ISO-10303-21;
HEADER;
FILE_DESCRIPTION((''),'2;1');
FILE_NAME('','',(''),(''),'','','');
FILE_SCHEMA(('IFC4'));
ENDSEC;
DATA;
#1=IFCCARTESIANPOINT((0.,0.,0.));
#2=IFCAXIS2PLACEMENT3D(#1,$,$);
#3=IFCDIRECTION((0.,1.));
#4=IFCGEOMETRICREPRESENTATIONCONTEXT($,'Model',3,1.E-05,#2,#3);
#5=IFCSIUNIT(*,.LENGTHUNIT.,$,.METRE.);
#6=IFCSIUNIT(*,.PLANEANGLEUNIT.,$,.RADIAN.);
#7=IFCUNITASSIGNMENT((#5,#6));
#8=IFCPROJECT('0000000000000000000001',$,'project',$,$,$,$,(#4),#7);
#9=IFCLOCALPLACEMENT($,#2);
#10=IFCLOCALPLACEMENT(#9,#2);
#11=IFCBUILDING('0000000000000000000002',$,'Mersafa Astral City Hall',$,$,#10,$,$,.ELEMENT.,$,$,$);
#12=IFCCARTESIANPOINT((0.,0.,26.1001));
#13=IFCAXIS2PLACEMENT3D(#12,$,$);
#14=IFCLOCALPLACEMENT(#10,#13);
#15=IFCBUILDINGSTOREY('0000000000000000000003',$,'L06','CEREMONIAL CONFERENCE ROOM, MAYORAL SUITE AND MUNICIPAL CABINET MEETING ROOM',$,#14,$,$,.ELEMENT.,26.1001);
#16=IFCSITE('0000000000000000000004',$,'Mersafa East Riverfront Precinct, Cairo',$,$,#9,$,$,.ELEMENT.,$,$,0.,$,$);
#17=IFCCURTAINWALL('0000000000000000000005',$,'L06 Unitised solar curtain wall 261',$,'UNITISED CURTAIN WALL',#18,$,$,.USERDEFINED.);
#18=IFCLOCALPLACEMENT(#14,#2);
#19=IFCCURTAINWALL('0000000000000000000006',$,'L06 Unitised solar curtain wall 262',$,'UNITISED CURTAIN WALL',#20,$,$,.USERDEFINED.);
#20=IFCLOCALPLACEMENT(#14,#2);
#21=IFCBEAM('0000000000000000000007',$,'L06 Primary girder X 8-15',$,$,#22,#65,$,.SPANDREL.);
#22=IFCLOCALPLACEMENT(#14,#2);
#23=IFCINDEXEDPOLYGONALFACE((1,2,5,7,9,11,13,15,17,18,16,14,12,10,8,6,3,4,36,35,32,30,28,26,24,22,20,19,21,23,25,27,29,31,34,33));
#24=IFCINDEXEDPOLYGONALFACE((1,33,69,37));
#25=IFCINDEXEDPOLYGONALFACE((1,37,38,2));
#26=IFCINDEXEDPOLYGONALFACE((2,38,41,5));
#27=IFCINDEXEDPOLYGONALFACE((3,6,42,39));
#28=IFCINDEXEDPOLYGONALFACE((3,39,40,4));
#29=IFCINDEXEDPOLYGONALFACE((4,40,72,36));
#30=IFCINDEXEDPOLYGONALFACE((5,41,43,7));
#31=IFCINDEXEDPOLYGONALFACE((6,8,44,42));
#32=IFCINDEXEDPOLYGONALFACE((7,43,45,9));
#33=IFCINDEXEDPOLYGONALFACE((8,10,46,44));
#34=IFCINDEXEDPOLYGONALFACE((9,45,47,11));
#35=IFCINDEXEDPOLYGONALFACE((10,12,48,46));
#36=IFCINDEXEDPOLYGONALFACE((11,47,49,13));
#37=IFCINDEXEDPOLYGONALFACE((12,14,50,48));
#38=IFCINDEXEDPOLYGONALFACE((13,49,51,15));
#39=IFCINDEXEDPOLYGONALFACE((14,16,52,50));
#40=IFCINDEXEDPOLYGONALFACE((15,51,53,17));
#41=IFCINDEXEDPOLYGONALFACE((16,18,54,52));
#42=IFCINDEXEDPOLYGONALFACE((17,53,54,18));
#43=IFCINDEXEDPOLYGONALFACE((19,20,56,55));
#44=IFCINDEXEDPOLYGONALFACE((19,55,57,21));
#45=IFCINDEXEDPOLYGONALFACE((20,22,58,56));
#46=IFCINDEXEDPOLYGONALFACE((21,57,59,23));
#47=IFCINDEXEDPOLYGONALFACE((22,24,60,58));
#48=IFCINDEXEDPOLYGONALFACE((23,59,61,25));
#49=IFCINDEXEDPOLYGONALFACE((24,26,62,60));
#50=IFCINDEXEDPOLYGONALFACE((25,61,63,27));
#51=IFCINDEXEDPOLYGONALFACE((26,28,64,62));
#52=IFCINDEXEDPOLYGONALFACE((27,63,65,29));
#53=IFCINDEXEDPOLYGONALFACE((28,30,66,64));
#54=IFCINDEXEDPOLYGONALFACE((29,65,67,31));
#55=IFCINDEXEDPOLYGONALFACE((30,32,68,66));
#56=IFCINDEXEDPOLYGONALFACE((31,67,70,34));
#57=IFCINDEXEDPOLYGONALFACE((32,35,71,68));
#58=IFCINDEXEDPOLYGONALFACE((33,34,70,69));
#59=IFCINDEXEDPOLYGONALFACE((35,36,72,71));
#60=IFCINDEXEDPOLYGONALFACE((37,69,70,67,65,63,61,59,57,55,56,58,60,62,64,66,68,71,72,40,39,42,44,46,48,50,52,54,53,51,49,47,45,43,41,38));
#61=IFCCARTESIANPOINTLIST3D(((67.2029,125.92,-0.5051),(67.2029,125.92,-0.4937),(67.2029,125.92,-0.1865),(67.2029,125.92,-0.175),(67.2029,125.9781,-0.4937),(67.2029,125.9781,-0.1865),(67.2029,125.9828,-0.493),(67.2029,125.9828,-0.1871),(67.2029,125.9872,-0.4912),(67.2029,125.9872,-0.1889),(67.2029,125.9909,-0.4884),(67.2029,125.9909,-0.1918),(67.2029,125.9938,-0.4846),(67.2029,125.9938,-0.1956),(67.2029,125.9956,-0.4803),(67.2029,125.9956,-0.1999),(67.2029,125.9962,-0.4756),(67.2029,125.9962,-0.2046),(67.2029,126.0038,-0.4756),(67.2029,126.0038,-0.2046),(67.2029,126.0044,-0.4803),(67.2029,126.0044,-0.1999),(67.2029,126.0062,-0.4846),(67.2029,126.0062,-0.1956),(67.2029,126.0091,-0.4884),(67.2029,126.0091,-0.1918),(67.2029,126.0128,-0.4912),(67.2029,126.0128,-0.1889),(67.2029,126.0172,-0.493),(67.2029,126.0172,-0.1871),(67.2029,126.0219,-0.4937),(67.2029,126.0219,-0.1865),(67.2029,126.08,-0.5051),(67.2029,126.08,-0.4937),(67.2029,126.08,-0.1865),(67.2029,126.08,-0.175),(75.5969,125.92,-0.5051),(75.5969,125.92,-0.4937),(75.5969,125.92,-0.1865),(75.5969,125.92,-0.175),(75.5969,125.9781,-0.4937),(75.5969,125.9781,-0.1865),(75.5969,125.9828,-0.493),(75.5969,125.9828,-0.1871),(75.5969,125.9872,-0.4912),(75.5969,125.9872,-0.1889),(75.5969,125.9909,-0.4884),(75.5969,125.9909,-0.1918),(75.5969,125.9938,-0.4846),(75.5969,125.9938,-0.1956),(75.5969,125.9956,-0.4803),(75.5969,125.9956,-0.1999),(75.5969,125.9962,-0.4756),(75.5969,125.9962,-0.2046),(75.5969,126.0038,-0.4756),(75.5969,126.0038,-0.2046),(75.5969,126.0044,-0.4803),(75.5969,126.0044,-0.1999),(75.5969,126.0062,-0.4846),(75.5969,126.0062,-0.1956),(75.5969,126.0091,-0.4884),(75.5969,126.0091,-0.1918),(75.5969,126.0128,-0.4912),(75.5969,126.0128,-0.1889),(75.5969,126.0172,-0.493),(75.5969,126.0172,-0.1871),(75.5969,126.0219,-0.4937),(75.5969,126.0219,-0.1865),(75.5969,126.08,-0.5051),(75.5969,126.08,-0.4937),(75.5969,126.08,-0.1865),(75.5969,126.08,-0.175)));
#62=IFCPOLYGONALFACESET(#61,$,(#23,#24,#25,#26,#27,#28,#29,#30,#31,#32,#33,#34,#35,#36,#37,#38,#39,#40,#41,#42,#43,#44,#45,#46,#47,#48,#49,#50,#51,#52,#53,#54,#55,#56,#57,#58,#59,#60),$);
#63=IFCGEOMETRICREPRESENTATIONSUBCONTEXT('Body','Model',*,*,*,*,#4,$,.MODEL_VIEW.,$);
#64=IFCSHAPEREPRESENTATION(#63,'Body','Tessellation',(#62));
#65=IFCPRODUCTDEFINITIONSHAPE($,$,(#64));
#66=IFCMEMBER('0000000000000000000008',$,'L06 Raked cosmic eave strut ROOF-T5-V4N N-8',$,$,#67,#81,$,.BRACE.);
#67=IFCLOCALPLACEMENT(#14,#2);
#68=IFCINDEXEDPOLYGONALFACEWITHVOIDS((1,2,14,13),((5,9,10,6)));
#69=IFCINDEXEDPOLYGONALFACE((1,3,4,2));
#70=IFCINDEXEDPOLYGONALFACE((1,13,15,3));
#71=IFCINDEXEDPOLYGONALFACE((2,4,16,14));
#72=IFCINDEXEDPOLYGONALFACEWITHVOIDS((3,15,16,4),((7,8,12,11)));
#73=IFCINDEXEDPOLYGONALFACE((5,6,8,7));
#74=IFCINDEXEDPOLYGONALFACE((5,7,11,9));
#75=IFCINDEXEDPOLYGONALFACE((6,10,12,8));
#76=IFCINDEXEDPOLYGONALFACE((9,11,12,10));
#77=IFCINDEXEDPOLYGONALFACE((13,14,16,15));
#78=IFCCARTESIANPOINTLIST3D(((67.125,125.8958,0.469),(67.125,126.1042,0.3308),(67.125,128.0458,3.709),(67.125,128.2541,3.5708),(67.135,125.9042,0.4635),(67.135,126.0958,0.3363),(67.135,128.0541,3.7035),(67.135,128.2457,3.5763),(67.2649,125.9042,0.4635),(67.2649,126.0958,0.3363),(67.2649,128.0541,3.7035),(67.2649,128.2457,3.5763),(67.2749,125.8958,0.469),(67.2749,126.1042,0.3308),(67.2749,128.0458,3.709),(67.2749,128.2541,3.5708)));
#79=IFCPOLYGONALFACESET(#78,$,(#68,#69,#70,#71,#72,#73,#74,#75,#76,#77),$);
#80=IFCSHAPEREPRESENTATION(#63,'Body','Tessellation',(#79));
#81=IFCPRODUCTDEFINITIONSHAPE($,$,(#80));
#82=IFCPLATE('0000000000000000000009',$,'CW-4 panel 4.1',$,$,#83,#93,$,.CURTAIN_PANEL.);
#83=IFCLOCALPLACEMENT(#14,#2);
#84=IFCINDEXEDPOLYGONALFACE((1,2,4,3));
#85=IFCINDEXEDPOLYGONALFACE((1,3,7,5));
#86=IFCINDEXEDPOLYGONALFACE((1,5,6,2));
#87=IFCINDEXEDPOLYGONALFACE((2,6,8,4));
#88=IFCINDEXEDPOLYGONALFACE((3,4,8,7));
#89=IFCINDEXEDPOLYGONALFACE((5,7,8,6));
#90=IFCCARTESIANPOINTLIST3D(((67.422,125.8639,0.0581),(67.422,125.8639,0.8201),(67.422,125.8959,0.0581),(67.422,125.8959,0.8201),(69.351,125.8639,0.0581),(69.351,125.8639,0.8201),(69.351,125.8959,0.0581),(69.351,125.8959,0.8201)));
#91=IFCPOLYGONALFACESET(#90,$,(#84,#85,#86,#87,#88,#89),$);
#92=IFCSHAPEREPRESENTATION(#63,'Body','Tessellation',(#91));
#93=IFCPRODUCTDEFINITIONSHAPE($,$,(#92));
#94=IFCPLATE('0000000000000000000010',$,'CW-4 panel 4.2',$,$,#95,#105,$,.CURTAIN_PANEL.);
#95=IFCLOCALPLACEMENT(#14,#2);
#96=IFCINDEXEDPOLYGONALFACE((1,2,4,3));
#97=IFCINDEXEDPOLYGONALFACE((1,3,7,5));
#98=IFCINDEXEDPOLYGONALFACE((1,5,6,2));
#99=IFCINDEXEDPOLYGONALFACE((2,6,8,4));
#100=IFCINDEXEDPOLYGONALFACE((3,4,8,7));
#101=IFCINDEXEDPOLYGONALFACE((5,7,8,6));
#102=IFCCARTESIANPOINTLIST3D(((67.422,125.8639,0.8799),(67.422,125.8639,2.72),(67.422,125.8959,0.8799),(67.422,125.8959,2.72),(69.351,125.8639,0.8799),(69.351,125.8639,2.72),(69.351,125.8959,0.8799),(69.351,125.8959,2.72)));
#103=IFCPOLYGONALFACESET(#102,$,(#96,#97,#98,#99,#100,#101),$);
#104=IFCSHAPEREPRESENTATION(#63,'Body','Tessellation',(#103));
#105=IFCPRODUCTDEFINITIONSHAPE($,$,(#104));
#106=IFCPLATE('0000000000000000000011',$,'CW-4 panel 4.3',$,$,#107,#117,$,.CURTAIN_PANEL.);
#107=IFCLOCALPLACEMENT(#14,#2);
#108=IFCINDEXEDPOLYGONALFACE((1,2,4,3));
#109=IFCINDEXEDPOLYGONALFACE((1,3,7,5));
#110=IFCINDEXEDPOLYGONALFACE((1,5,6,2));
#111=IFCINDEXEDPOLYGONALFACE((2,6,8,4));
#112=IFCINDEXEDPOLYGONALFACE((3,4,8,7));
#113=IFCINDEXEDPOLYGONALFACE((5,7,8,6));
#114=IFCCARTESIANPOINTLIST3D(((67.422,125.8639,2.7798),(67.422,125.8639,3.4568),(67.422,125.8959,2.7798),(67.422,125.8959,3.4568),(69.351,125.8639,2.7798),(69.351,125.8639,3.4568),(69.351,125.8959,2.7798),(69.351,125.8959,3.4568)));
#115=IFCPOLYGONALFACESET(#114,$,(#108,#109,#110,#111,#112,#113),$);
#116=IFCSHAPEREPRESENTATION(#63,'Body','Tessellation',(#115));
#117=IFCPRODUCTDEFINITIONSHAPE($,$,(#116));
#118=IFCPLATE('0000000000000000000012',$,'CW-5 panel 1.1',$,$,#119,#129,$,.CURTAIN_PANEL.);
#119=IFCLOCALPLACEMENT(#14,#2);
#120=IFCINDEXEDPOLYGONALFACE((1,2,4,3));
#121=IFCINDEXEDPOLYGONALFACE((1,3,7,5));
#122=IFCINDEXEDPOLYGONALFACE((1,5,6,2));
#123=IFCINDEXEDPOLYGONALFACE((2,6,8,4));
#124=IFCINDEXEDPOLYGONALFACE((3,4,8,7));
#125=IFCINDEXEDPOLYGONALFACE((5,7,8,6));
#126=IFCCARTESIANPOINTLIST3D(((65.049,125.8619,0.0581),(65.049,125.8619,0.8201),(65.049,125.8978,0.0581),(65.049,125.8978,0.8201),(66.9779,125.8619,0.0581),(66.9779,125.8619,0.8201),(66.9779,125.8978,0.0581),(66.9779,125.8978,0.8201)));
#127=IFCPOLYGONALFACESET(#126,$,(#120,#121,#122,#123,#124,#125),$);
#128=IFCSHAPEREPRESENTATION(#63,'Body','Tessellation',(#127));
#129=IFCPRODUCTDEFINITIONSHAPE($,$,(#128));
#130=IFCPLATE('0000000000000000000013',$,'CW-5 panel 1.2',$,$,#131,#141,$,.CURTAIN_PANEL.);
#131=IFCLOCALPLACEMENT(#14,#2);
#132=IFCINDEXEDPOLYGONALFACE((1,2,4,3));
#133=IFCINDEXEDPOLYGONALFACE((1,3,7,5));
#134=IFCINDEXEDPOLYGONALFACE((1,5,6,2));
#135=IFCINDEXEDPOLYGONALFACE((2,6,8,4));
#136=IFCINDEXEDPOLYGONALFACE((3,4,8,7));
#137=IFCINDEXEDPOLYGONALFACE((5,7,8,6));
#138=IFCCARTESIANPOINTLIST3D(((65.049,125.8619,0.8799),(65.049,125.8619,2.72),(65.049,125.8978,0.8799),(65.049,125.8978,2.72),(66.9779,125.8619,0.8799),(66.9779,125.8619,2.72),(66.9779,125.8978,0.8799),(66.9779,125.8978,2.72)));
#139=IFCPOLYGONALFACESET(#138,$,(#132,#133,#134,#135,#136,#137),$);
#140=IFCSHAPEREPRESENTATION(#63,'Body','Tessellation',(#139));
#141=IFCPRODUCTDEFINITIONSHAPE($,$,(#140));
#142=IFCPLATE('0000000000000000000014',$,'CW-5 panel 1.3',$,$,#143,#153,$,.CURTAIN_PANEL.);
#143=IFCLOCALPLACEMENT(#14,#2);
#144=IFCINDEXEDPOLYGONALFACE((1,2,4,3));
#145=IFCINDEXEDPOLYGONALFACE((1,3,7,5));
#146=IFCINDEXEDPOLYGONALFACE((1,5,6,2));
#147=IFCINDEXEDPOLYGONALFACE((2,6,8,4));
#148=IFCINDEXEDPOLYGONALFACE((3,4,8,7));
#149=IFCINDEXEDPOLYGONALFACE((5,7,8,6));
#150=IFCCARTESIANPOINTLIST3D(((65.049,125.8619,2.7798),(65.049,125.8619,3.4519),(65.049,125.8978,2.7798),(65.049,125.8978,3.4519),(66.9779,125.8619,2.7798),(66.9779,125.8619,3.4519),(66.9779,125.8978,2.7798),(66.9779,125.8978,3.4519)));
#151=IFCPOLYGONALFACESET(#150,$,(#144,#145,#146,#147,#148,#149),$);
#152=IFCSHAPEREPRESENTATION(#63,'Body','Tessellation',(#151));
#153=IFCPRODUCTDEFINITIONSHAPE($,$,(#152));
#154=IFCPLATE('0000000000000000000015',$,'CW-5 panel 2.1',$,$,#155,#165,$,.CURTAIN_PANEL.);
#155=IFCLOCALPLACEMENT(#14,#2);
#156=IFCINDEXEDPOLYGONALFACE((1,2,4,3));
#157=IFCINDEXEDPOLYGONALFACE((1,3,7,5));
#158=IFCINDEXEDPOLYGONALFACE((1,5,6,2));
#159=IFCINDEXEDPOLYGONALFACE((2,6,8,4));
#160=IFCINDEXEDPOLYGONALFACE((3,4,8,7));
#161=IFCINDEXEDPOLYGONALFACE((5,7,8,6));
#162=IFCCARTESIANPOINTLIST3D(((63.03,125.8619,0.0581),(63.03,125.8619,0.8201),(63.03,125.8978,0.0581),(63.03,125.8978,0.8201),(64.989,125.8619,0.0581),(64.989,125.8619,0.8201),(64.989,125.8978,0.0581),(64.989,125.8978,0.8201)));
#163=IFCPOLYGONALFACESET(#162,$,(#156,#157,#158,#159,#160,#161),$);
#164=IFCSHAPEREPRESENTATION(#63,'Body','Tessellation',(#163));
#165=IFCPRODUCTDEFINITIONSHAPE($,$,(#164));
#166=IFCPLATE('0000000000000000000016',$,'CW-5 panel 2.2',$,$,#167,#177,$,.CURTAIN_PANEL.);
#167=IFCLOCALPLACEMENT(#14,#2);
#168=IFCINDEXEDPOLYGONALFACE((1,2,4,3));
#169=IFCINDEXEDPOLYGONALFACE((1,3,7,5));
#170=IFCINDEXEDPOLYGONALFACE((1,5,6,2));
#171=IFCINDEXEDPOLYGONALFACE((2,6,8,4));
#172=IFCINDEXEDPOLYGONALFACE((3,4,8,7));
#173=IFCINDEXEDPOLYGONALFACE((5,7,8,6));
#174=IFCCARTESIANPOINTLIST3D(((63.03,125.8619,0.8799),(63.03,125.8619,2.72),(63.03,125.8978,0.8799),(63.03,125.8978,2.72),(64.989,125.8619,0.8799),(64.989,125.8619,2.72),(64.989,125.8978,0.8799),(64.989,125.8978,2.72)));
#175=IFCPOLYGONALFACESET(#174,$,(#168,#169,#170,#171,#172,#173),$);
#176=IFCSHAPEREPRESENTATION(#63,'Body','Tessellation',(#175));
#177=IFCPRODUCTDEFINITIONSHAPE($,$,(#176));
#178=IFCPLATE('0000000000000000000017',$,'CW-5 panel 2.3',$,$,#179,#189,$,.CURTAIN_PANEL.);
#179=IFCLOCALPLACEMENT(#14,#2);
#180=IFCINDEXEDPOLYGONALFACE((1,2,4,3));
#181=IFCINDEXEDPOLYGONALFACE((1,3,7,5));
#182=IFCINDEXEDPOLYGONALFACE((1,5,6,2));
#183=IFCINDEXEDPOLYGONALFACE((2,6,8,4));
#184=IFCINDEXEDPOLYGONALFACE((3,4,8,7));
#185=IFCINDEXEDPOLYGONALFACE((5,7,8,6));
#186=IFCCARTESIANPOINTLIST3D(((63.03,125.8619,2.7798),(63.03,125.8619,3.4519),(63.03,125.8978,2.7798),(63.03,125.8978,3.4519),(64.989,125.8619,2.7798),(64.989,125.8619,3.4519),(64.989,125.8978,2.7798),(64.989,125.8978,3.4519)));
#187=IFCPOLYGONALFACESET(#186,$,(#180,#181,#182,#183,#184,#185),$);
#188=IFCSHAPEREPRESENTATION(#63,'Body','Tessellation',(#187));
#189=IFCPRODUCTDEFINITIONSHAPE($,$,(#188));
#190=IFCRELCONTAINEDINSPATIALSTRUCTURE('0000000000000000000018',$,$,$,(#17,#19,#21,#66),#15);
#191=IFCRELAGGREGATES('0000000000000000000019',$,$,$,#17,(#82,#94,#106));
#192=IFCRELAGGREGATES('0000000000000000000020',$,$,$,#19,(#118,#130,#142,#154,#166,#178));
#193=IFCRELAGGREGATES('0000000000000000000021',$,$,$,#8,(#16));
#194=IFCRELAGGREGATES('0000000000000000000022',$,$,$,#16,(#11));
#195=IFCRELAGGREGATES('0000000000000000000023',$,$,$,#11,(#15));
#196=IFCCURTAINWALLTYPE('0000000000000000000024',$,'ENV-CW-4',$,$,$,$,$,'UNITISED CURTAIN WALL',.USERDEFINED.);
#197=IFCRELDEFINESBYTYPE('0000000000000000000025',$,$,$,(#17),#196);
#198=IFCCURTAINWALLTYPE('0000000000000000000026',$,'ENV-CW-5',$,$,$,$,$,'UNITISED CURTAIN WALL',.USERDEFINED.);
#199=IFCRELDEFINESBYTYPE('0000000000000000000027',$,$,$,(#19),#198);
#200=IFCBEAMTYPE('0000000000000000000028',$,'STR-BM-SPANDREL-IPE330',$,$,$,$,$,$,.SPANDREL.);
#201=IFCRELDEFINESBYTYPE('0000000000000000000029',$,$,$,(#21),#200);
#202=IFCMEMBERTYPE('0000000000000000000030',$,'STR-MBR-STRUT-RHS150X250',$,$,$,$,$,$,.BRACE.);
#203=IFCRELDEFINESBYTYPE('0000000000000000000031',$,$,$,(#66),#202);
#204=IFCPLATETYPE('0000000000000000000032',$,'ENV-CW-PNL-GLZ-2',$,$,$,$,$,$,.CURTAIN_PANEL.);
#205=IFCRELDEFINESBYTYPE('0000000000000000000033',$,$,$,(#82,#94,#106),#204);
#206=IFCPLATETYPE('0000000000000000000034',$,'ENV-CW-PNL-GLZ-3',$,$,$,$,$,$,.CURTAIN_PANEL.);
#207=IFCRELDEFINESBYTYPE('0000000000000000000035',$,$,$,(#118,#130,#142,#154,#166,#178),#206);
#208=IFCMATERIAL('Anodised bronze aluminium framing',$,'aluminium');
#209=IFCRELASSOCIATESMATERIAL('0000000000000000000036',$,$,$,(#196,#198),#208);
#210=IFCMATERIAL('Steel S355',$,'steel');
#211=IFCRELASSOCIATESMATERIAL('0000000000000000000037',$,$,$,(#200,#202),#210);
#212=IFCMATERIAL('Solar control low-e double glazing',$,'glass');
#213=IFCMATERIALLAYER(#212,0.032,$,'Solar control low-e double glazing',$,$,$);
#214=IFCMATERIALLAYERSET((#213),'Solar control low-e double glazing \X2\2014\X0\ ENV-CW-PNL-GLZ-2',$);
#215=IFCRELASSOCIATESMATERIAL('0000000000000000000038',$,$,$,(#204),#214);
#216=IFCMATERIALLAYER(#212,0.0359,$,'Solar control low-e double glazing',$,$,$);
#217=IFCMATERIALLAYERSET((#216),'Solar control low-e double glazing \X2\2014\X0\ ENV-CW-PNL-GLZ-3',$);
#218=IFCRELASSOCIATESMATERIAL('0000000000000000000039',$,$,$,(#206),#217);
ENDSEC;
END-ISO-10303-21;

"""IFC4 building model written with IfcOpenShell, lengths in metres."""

from ifc_helpers import new_model, si_unit, direction, frame, origin, origin_2d, place, context, subcontext, project, spatial, rectangle, hollow_rectangle, i_section, extrude, material, layer, layer_set, material_profile, profile_set, type_object, element, aggregate, save


model = new_model("IFC4")

# Units and contexts
model_context = context("Model", 3, precision=1e-05, world=origin(), true_north=direction((0.0, 1.0)))
body_context = subcontext(model_context, "Body", "Model", "MODEL_VIEW")
ifc_project = project(units=[si_unit("LENGTHUNIT", "METRE"), si_unit("PLANEANGLEUNIT", "RADIAN")], contexts=[model_context])

# Site, building, storey
site_placement = place(None, origin())
site = spatial("IfcSite", under=ifc_project, at=site_placement, Name="Mersafa East Riverfront Precinct, Cairo", CompositionType="ELEMENT", RefElevation=0.0)
building_placement = place(site_placement, origin())
building = spatial("IfcBuilding", under=site, at=building_placement, Name="Mersafa Astral City Hall", CompositionType="ELEMENT")
storey_placement = place(building_placement, frame((0.0, 0.0, 26.1001)))
storey = spatial("IfcBuildingStorey", under=building, at=storey_placement, Name="L06", Description="CEREMONIAL CONFERENCE ROOM, MAYORAL SUITE AND MUNICIPAL CABINET MEETING ROOM", CompositionType="ELEMENT", Elevation=26.1001)

# Shared definitions
ifc_material_1 = material(Name="Steel S355", Category="steel")

# Curtain wall
ifc_material_2 = material(Name="Anodised bronze aluminium framing", Category="aluminium")
curtain_wall_type_1 = type_object("IfcCurtainWallType", Name="ENV-CW-4", ElementType="UNITISED CURTAIN WALL", PredefinedType="USERDEFINED", material=ifc_material_2)
curtain_wall_1_placement = place(storey_placement, origin())
curtain_wall_1 = element("IfcCurtainWall", 1, at=curtain_wall_1_placement, inside=storey, type_object=curtain_wall_type_1, Name="L06 Unitised solar curtain wall 261", ObjectType="UNITISED CURTAIN WALL", PredefinedType="USERDEFINED")

# Curtain wall
curtain_wall_type_2 = type_object("IfcCurtainWallType", Name="ENV-CW-5", ElementType="UNITISED CURTAIN WALL", PredefinedType="USERDEFINED", material=ifc_material_2)
curtain_wall_2_placement = place(storey_placement, origin())
curtain_wall_2 = element("IfcCurtainWall", 2, at=curtain_wall_2_placement, inside=storey, type_object=curtain_wall_type_2, Name="L06 Unitised solar curtain wall 262", ObjectType="UNITISED CURTAIN WALL", PredefinedType="USERDEFINED")

# Beam
ifc_material_profile_1 = material_profile(ifc_material_1, i_section(OverallWidth=0.1599, OverallDepth=0.3301, WebThickness=0.0076, FlangeThickness=0.0115, FilletRadius=0.0181, at=origin_2d()), Name="IPE 330")
ifc_profile_set_1 = profile_set([ifc_material_profile_1], Name="Steel S355")
beam_type_1 = type_object("IfcBeamType", Name="STR-BM-SPANDREL-IPE330", PredefinedType="SPANDREL", material=ifc_profile_set_1)
beam_1_placement = place(storey_placement, frame((67.2029, 126.0, -0.3401), z_axis=(1.0, 0.0, 0.0), x_axis=(0.0, 1.0, 0.0)))
element("IfcBeam", 3, at=beam_1_placement, inside=storey, type_object=beam_type_1, Name="L06 Primary girder X 8-15", PredefinedType="SPANDREL", context=body_context, shape_type="SweptSolid", body=[
    extrude(i_section(OverallWidth=0.1599, OverallDepth=0.3301, WebThickness=0.0076, FlangeThickness=0.0115, FilletRadius=0.0181, at=origin_2d()), origin(), (0.0, 0.0, 1.0), 8.394),
])

# Member
ifc_material_profile_2 = material_profile(ifc_material_1, hollow_rectangle(XDim=0.1499, YDim=0.25, WallThickness=0.01, at=origin_2d()), Name="RHS 150x250x10")
ifc_profile_set_2 = profile_set([ifc_material_profile_2], Name="Steel S355")
member_type_1 = type_object("IfcMemberType", Name="STR-MBR-STRUT-RHS150X250", PredefinedType="BRACE", material=ifc_profile_set_2)
member_1_placement = place(storey_placement, frame((67.2, 126.0, 0.3999), z_axis=(0.0, 0.552902, 0.833246), x_axis=(-1.0, 0.0, 0.0)))
element("IfcMember", 4, at=member_1_placement, inside=storey, type_object=member_type_1, Name="L06 Raked cosmic eave strut ROOF-T5-V4N N-8", PredefinedType="BRACE", context=body_context, shape_type="SweptSolid", body=[
    extrude(hollow_rectangle(XDim=0.1499, YDim=0.25, WallThickness=0.01, at=origin_2d()), origin(), (0.0, 0.0, 1.0), 3.8884),
])

# Plates
ifc_material_3 = material(Name="Solar control low-e double glazing", Category="glass")
ifc_layer_1 = layer(ifc_material_3, 0.032, Name="Solar control low-e double glazing")
ifc_layer_set_1 = layer_set([ifc_layer_1], Name="Solar control low-e double glazing — ENV-CW-PNL-GLZ-2")
plate_type_1 = type_object("IfcPlateType", Name="ENV-CW-PNL-GLZ-2", PredefinedType="CURTAIN_PANEL", material=ifc_layer_set_1)
plate_1_placement = place(storey_placement, frame((68.3865, 125.8799, 0.0581), z_axis=(0.0, 0.0, 1.0), x_axis=(-1.0, 0.0, 0.0)))
plate_1 = element("IfcPlate", 5, at=plate_1_placement, type_object=plate_type_1, Name="CW-4 panel 4.1", PredefinedType="CURTAIN_PANEL", context=body_context, shape_type="SweptSolid", body=[
    extrude(rectangle(XDim=1.929, YDim=0.032, at=origin_2d()), origin(), (0.0, 0.0, 1.0), 0.762),
])
plate_2_placement = place(storey_placement, frame((68.3865, 125.8799, 0.8799), z_axis=(0.0, 0.0, 1.0), x_axis=(-1.0, 0.0, 0.0)))
plate_2 = element("IfcPlate", 6, at=plate_2_placement, type_object=plate_type_1, Name="CW-4 panel 4.2", PredefinedType="CURTAIN_PANEL", context=body_context, shape_type="SweptSolid", body=[
    extrude(rectangle(XDim=1.929, YDim=0.032, at=origin_2d()), origin(), (0.0, 0.0, 1.0), 1.8401),
])
plate_3_placement = place(storey_placement, frame((68.3865, 125.8799, 2.7798), z_axis=(0.0, 0.0, 1.0), x_axis=(-1.0, 0.0, 0.0)))
plate_3 = element("IfcPlate", 7, at=plate_3_placement, type_object=plate_type_1, Name="CW-4 panel 4.3", PredefinedType="CURTAIN_PANEL", context=body_context, shape_type="SweptSolid", body=[
    extrude(rectangle(XDim=1.929, YDim=0.032, at=origin_2d()), origin(), (0.0, 0.0, 1.0), 0.677),
])
aggregate(curtain_wall_1, [plate_1, plate_2, plate_3])
ifc_layer_2 = layer(ifc_material_3, 0.0359, Name="Solar control low-e double glazing")
ifc_layer_set_2 = layer_set([ifc_layer_2], Name="Solar control low-e double glazing — ENV-CW-PNL-GLZ-3")
plate_type_2 = type_object("IfcPlateType", Name="ENV-CW-PNL-GLZ-3", PredefinedType="CURTAIN_PANEL", material=ifc_layer_set_2)
plate_4_placement = place(storey_placement, frame((66.0134, 125.8799, 0.0581), z_axis=(0.0, 0.0, 1.0), x_axis=(-1.0, 0.0, 0.0)))
plate_4 = element("IfcPlate", 8, at=plate_4_placement, type_object=plate_type_2, Name="CW-5 panel 1.1", PredefinedType="CURTAIN_PANEL", context=body_context, shape_type="SweptSolid", body=[
    extrude(rectangle(XDim=1.929, YDim=0.0359, at=origin_2d()), origin(), (0.0, 0.0, 1.0), 0.762),
])
plate_5_placement = place(storey_placement, frame((66.0134, 125.8799, 0.8799), z_axis=(0.0, 0.0, 1.0), x_axis=(-1.0, 0.0, 0.0)))
plate_5 = element("IfcPlate", 9, at=plate_5_placement, type_object=plate_type_2, Name="CW-5 panel 1.2", PredefinedType="CURTAIN_PANEL", context=body_context, shape_type="SweptSolid", body=[
    extrude(rectangle(XDim=1.929, YDim=0.0359, at=origin_2d()), origin(), (0.0, 0.0, 1.0), 1.8401),
])
plate_6_placement = place(storey_placement, frame((66.0134, 125.8799, 2.7798), z_axis=(0.0, 0.0, 1.0), x_axis=(-1.0, 0.0, 0.0)))
plate_6 = element("IfcPlate", 10, at=plate_6_placement, type_object=plate_type_2, Name="CW-5 panel 1.3", PredefinedType="CURTAIN_PANEL", context=body_context, shape_type="SweptSolid", body=[
    extrude(rectangle(XDim=1.929, YDim=0.0359, at=origin_2d()), origin(), (0.0, 0.0, 1.0), 0.6721),
])
plate_7_placement = place(storey_placement, frame((64.0095, 125.8799, 0.0581), z_axis=(0.0, 0.0, 1.0), x_axis=(-1.0, 0.0, 0.0)))
plate_7 = element("IfcPlate", 11, at=plate_7_placement, type_object=plate_type_2, Name="CW-5 panel 2.1", PredefinedType="CURTAIN_PANEL", context=body_context, shape_type="SweptSolid", body=[
    extrude(rectangle(XDim=1.959, YDim=0.0359, at=origin_2d()), origin(), (0.0, 0.0, 1.0), 0.762),
])
plate_8_placement = place(storey_placement, frame((64.0095, 125.8799, 0.8799), z_axis=(0.0, 0.0, 1.0), x_axis=(-1.0, 0.0, 0.0)))
plate_8 = element("IfcPlate", 12, at=plate_8_placement, type_object=plate_type_2, Name="CW-5 panel 2.2", PredefinedType="CURTAIN_PANEL", context=body_context, shape_type="SweptSolid", body=[
    extrude(rectangle(XDim=1.959, YDim=0.0359, at=origin_2d()), origin(), (0.0, 0.0, 1.0), 1.8401),
])
plate_9_placement = place(storey_placement, frame((64.0095, 125.8799, 2.7798), z_axis=(0.0, 0.0, 1.0), x_axis=(-1.0, 0.0, 0.0)))
plate_9 = element("IfcPlate", 13, at=plate_9_placement, type_object=plate_type_2, Name="CW-5 panel 2.3", PredefinedType="CURTAIN_PANEL", context=body_context, shape_type="SweptSolid", body=[
    extrude(rectangle(XDim=1.959, YDim=0.0359, at=origin_2d()), origin(), (0.0, 0.0, 1.0), 0.6721),
])
aggregate(curtain_wall_2, [plate_4, plate_5, plate_6, plate_7, plate_8, plate_9])

save(model, "model.ifc")
